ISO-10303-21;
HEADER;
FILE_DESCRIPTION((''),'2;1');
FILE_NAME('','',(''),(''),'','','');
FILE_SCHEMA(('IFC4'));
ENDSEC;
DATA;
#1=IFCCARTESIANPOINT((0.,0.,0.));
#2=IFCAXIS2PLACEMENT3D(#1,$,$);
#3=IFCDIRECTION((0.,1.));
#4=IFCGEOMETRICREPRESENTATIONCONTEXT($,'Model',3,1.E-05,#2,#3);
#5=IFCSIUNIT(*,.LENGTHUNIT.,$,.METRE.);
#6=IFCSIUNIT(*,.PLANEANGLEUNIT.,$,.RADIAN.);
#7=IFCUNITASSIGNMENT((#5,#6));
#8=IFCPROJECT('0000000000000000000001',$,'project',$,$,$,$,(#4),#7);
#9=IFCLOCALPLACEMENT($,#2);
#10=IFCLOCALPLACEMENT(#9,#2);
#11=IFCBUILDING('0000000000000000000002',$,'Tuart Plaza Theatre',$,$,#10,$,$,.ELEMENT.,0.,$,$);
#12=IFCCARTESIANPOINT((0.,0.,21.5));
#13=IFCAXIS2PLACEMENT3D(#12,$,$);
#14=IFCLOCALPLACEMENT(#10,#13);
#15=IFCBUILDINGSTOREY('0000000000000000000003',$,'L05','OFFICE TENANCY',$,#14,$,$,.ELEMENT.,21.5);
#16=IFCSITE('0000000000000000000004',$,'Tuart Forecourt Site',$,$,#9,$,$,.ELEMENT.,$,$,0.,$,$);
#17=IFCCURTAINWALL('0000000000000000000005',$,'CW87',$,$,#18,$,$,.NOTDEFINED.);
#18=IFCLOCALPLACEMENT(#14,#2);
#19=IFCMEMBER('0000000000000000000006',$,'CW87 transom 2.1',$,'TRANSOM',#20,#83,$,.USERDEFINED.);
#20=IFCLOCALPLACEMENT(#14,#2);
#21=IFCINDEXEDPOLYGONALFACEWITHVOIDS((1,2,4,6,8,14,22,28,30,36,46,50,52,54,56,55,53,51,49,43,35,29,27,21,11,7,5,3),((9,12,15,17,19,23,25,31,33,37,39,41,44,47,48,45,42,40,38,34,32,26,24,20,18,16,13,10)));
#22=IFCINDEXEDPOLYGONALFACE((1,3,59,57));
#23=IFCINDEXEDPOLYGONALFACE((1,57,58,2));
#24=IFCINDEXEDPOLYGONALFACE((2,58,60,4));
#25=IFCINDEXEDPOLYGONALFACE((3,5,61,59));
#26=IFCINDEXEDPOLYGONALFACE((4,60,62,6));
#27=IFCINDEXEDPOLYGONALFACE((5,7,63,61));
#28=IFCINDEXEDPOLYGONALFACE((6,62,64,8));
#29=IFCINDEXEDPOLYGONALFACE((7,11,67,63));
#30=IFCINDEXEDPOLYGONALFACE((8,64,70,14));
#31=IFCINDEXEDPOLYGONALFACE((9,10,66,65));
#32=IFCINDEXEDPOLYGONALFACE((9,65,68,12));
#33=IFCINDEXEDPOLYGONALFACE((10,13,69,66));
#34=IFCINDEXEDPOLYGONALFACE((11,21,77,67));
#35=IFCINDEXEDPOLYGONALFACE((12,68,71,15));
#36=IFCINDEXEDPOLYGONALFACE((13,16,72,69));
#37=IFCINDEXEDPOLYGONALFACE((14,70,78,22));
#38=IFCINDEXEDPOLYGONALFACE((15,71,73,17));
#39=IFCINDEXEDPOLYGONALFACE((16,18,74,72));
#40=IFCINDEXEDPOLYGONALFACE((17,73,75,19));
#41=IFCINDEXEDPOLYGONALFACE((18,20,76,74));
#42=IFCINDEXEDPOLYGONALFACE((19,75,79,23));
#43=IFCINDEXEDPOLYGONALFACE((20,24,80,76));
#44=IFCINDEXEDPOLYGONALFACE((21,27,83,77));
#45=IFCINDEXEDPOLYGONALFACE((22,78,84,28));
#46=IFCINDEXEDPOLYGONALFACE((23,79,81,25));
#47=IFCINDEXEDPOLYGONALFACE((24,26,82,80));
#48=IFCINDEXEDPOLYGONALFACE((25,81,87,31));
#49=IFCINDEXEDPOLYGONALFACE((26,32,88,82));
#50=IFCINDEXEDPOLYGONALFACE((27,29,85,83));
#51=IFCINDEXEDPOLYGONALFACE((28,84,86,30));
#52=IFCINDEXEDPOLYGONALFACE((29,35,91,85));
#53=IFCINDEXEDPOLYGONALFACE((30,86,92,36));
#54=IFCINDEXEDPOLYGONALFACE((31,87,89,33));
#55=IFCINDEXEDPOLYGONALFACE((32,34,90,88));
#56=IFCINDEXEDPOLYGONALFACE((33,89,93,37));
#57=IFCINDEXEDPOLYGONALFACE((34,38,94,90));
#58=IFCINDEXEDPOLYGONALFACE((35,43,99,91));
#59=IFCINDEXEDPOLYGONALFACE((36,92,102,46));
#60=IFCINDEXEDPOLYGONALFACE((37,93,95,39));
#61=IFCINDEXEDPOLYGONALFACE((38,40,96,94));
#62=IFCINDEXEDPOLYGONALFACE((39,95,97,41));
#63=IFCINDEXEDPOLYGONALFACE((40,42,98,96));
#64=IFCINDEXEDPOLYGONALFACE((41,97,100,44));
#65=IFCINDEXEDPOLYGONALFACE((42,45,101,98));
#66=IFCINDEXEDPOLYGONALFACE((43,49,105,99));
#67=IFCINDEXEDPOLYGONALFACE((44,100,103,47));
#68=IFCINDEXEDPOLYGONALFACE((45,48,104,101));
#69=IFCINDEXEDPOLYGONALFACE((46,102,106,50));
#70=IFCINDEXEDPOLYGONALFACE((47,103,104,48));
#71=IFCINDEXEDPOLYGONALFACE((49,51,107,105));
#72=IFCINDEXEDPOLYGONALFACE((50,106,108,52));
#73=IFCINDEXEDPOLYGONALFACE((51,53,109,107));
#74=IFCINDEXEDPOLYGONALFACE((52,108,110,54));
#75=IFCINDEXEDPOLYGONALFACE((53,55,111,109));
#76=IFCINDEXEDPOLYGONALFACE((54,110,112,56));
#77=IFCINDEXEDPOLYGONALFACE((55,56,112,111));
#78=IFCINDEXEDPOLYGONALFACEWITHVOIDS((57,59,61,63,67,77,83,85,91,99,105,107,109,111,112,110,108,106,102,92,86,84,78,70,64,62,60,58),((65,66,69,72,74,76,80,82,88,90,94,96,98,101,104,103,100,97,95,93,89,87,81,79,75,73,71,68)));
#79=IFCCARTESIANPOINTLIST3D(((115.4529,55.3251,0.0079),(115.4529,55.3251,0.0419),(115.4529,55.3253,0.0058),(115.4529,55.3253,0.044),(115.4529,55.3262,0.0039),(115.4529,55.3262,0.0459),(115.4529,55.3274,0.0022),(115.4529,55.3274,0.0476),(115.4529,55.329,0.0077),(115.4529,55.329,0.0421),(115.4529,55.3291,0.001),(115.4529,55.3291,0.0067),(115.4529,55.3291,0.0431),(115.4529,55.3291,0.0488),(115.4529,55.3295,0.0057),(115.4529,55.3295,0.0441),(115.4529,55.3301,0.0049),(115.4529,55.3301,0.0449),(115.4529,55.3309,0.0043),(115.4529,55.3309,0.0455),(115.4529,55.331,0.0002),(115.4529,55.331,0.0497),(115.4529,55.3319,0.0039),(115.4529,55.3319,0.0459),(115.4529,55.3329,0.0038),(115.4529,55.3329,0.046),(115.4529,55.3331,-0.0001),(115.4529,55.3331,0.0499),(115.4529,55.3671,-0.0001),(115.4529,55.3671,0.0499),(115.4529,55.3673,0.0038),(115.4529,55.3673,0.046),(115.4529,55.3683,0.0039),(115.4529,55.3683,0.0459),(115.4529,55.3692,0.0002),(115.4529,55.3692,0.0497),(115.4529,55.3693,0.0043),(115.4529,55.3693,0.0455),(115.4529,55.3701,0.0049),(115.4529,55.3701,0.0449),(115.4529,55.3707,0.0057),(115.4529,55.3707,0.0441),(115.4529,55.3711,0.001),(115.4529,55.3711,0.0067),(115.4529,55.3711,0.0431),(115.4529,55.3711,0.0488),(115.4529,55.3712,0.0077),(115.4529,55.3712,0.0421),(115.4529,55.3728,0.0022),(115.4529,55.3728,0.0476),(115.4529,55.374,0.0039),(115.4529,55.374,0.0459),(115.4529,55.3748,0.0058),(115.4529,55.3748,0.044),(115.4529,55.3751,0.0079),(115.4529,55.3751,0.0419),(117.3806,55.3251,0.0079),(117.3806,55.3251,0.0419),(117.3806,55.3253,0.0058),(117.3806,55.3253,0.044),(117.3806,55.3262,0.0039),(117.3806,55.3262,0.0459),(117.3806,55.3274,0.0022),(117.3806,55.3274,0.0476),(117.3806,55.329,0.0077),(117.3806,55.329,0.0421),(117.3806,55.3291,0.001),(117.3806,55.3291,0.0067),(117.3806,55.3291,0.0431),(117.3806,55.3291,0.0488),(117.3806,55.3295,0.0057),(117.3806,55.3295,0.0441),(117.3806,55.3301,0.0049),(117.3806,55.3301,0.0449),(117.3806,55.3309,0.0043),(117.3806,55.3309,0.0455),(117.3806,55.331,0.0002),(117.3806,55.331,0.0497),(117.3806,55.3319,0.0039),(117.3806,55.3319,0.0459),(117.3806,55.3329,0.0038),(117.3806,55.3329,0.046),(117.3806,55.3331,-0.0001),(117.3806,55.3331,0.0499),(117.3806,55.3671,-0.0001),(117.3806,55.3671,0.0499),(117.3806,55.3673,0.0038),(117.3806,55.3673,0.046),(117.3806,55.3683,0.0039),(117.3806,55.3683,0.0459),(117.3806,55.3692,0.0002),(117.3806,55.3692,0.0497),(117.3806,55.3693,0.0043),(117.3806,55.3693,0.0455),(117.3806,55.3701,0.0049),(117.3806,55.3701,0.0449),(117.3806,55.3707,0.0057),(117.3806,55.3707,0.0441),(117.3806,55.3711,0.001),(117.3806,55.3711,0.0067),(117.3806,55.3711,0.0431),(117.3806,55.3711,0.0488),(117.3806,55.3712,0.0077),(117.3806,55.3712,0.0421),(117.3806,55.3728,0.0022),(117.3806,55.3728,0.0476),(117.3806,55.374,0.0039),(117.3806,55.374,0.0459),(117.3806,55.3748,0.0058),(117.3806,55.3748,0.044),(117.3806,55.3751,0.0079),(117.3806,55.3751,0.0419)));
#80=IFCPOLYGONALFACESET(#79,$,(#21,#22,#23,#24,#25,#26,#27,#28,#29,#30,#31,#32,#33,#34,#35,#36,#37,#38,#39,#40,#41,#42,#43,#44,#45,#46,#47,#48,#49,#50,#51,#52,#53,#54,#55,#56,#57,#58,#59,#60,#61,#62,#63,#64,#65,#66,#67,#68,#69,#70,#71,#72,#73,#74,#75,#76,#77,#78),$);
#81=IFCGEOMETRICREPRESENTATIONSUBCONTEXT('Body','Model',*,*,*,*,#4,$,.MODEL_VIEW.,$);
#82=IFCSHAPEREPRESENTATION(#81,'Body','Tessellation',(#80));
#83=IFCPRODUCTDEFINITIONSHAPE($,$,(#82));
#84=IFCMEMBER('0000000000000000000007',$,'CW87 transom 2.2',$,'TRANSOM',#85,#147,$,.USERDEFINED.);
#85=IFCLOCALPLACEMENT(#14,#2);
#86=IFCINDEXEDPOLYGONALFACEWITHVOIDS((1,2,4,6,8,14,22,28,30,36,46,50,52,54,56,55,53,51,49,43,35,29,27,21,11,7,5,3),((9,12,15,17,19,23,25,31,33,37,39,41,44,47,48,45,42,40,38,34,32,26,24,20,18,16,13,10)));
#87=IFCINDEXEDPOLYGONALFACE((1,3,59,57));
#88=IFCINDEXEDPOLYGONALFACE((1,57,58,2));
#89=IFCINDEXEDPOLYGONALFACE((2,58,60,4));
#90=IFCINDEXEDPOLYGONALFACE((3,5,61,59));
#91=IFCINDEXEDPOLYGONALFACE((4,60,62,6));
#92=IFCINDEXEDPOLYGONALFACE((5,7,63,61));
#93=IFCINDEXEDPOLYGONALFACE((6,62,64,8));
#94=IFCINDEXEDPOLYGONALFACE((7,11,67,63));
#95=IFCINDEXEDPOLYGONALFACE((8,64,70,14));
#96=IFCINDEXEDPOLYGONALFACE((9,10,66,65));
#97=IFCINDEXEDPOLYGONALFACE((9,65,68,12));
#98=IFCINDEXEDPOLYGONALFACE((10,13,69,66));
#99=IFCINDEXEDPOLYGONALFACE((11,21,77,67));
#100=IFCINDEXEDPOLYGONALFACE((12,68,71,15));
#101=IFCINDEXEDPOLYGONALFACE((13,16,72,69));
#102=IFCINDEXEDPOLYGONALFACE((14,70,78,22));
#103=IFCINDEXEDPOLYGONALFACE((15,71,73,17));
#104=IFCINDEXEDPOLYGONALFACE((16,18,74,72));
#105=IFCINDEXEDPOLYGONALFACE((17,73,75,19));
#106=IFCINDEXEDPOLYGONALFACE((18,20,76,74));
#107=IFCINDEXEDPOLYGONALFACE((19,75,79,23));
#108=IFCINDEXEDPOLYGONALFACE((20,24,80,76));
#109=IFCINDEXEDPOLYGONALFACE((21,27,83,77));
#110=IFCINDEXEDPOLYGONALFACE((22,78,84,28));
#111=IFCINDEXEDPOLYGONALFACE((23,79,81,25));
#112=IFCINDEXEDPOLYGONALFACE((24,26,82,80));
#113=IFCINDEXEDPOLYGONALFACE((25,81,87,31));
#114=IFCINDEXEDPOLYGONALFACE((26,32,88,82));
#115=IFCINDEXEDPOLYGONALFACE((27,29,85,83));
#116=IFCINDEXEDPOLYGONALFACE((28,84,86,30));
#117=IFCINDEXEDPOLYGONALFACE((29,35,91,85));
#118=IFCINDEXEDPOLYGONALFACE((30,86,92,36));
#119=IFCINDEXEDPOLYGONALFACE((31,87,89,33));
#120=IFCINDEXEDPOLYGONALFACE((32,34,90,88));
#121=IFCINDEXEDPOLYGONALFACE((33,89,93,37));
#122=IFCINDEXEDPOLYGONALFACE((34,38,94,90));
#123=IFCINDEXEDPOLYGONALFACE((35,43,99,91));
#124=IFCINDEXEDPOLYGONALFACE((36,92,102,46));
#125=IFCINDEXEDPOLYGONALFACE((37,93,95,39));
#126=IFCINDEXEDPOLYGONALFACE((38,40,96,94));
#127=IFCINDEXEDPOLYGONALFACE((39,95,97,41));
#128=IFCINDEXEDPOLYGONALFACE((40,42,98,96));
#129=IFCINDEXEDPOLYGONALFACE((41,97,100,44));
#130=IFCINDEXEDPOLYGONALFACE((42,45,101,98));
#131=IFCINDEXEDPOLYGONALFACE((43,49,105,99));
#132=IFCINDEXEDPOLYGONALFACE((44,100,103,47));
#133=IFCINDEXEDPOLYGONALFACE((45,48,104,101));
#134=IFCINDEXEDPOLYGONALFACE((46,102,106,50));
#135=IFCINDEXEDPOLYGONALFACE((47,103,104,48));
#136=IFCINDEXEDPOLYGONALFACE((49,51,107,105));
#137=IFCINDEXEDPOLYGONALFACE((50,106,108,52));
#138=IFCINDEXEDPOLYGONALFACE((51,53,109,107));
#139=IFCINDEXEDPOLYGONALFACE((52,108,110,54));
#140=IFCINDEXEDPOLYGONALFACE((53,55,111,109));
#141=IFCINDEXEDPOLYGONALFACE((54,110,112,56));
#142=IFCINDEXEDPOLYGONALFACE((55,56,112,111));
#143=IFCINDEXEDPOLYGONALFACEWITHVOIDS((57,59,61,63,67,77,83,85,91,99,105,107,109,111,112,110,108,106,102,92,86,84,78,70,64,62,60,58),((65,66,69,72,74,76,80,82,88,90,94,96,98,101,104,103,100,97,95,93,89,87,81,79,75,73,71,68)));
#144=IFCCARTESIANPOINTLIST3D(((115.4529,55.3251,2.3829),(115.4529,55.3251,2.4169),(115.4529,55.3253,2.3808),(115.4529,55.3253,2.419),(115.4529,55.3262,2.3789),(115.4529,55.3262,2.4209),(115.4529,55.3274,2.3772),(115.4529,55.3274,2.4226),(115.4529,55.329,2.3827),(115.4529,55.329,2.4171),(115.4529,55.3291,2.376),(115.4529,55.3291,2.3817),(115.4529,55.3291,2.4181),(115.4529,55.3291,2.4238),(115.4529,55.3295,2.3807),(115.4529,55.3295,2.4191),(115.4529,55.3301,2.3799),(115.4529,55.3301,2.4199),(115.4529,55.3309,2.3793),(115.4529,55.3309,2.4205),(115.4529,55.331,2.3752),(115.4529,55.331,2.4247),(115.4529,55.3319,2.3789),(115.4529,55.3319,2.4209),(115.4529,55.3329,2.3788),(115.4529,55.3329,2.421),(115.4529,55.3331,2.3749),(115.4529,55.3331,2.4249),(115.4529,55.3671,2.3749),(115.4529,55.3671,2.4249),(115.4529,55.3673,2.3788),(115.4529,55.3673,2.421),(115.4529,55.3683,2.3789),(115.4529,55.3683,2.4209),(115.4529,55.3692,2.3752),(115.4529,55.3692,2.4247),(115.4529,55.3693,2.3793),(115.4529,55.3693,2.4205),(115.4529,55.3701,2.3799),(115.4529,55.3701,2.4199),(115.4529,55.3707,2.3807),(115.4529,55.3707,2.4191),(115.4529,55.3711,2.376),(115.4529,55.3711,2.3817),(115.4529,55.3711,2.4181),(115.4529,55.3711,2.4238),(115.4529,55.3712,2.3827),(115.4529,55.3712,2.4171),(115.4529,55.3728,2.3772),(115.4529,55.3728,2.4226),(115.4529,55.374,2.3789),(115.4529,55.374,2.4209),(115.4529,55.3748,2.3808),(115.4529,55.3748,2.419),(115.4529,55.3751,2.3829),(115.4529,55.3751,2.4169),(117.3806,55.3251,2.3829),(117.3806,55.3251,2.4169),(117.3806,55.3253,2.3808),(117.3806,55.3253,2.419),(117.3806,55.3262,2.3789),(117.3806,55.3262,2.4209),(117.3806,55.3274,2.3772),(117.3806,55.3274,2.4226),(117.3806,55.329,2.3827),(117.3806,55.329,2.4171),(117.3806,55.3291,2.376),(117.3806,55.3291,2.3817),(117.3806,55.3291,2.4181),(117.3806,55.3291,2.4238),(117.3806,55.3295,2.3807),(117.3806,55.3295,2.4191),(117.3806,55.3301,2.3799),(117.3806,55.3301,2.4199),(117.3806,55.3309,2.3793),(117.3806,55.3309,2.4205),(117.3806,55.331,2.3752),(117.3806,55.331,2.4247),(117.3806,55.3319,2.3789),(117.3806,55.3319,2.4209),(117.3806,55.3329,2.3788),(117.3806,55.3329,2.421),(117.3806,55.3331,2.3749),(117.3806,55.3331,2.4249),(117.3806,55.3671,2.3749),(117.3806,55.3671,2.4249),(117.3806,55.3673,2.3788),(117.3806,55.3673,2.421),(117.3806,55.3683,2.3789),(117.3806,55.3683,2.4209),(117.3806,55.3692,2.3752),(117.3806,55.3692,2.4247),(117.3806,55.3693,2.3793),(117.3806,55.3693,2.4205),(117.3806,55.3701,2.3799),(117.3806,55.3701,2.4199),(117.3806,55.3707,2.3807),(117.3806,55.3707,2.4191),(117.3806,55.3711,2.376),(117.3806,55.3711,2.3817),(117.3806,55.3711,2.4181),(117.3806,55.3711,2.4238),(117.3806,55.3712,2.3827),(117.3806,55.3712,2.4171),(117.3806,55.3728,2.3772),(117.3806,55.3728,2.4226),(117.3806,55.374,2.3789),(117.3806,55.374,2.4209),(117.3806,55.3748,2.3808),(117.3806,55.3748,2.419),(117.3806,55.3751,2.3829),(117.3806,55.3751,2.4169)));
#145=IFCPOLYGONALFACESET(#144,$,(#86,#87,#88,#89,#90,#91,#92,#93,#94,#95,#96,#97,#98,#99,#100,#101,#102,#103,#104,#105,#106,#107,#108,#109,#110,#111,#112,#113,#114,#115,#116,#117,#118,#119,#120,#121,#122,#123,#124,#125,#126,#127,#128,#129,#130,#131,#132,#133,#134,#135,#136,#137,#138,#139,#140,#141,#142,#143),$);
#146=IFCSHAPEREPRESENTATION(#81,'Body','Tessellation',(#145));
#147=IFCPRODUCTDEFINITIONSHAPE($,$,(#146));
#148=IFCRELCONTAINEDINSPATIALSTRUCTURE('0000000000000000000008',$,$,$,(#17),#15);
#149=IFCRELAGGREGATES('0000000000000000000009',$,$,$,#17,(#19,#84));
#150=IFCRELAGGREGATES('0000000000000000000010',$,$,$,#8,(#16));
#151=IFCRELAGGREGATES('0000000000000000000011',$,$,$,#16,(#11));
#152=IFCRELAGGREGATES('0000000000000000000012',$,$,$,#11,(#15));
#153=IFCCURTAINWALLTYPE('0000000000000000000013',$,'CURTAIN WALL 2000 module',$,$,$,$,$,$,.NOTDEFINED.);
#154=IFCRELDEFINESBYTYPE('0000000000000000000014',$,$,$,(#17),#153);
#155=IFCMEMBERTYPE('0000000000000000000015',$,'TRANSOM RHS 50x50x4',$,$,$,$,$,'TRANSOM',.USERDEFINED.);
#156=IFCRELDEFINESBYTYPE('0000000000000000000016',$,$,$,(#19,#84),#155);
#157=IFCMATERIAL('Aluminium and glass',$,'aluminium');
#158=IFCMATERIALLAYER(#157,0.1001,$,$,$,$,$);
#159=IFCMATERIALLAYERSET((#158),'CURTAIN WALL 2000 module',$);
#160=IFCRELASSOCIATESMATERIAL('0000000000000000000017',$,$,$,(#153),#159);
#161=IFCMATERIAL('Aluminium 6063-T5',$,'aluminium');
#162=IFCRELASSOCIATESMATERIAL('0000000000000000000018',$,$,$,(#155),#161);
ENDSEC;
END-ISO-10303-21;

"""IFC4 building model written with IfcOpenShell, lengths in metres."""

from ifc_helpers import new_model, si_unit, direction, frame, origin, origin_2d, place, context, subcontext, project, spatial, hollow_rectangle, extrude, material, layer, layer_set, material_profile, profile_set, type_object, element, aggregate, save


model = new_model("IFC4")

# Units and contexts
model_context = context("Model", 3, precision=1e-05, world=origin(), true_north=direction((0.0, 1.0)))
body_context = subcontext(model_context, "Body", "Model", "MODEL_VIEW")
ifc_project = project(units=[si_unit("LENGTHUNIT", "METRE"), si_unit("PLANEANGLEUNIT", "RADIAN")], contexts=[model_context])

# Site, building, storey
site_placement = place(None, origin())
site = spatial("IfcSite", under=ifc_project, at=site_placement, Name="Tuart Forecourt Site", CompositionType="ELEMENT", RefElevation=0.0)
building_placement = place(site_placement, origin())
building = spatial("IfcBuilding", under=site, at=building_placement, Name="Tuart Plaza Theatre", CompositionType="ELEMENT", ElevationOfRefHeight=0.0)
storey_placement = place(building_placement, frame((0.0, 0.0, 21.5)))
storey = spatial("IfcBuildingStorey", under=building, at=storey_placement, Name="L05", Description="OFFICE TENANCY", CompositionType="ELEMENT", Elevation=21.5)

# Curtain wall
ifc_material_1 = material(Name="Aluminium and glass", Category="aluminium")
ifc_layer_1 = layer(ifc_material_1, 0.1001)
ifc_layer_set_1 = layer_set([ifc_layer_1], Name="CURTAIN WALL 2000 module")
curtain_wall_type = type_object("IfcCurtainWallType", Name="CURTAIN WALL 2000 module", PredefinedType="NOTDEFINED", material=ifc_layer_set_1)
curtain_wall_1_placement = place(storey_placement, origin())
curtain_wall_1 = element("IfcCurtainWall", 1, at=curtain_wall_1_placement, inside=storey, type_object=curtain_wall_type, Name="CW87", PredefinedType="NOTDEFINED")

# Members
ifc_material_2 = material(Name="Aluminium 6063-T5", Category="aluminium")
ifc_material_profile_1 = material_profile(ifc_material_2, hollow_rectangle(XDim=0.05, YDim=0.05, WallThickness=0.0039, InnerFilletRadius=0.0039, OuterFilletRadius=0.0081, at=origin_2d()), Name="RHS 50x50x4")
ifc_profile_set_1 = profile_set([ifc_material_profile_1], Name="Aluminium 6063-T5")
member_type_1 = type_object("IfcMemberType", Name="TRANSOM RHS 50x50x4", ElementType="TRANSOM", PredefinedType="USERDEFINED", material=ifc_profile_set_1)
member_1_placement = place(storey_placement, frame((115.4529, 55.3501, 0.0249), z_axis=(1.0, 0.0, 0.0), x_axis=(0.0, 1.0, 0.0)))
member_1 = element("IfcMember", 2, at=member_1_placement, type_object=member_type_1, Name="CW87 transom 2.1", ObjectType="TRANSOM", PredefinedType="USERDEFINED", context=body_context, shape_type="SweptSolid", body=[
    extrude(hollow_rectangle(XDim=0.05, YDim=0.05, WallThickness=0.0039, InnerFilletRadius=0.0039, OuterFilletRadius=0.0081, at=origin_2d()), origin(), (0.0, 0.0, 1.0), 1.9277),
])
member_2_placement = place(storey_placement, frame((115.4529, 55.3501, 2.3999), z_axis=(1.0, 0.0, 0.0), x_axis=(0.0, 1.0, 0.0)))
member_2 = element("IfcMember", 3, at=member_2_placement, type_object=member_type_1, Name="CW87 transom 2.2", ObjectType="TRANSOM", PredefinedType="USERDEFINED", context=body_context, shape_type="SweptSolid", body=[
    extrude(hollow_rectangle(XDim=0.05, YDim=0.05, WallThickness=0.0039, InnerFilletRadius=0.0039, OuterFilletRadius=0.0081, at=origin_2d()), origin(), (0.0, 0.0, 1.0), 1.9277),
])

aggregate(curtain_wall_1, [member_1, member_2])

save(model, "model.ifc")
